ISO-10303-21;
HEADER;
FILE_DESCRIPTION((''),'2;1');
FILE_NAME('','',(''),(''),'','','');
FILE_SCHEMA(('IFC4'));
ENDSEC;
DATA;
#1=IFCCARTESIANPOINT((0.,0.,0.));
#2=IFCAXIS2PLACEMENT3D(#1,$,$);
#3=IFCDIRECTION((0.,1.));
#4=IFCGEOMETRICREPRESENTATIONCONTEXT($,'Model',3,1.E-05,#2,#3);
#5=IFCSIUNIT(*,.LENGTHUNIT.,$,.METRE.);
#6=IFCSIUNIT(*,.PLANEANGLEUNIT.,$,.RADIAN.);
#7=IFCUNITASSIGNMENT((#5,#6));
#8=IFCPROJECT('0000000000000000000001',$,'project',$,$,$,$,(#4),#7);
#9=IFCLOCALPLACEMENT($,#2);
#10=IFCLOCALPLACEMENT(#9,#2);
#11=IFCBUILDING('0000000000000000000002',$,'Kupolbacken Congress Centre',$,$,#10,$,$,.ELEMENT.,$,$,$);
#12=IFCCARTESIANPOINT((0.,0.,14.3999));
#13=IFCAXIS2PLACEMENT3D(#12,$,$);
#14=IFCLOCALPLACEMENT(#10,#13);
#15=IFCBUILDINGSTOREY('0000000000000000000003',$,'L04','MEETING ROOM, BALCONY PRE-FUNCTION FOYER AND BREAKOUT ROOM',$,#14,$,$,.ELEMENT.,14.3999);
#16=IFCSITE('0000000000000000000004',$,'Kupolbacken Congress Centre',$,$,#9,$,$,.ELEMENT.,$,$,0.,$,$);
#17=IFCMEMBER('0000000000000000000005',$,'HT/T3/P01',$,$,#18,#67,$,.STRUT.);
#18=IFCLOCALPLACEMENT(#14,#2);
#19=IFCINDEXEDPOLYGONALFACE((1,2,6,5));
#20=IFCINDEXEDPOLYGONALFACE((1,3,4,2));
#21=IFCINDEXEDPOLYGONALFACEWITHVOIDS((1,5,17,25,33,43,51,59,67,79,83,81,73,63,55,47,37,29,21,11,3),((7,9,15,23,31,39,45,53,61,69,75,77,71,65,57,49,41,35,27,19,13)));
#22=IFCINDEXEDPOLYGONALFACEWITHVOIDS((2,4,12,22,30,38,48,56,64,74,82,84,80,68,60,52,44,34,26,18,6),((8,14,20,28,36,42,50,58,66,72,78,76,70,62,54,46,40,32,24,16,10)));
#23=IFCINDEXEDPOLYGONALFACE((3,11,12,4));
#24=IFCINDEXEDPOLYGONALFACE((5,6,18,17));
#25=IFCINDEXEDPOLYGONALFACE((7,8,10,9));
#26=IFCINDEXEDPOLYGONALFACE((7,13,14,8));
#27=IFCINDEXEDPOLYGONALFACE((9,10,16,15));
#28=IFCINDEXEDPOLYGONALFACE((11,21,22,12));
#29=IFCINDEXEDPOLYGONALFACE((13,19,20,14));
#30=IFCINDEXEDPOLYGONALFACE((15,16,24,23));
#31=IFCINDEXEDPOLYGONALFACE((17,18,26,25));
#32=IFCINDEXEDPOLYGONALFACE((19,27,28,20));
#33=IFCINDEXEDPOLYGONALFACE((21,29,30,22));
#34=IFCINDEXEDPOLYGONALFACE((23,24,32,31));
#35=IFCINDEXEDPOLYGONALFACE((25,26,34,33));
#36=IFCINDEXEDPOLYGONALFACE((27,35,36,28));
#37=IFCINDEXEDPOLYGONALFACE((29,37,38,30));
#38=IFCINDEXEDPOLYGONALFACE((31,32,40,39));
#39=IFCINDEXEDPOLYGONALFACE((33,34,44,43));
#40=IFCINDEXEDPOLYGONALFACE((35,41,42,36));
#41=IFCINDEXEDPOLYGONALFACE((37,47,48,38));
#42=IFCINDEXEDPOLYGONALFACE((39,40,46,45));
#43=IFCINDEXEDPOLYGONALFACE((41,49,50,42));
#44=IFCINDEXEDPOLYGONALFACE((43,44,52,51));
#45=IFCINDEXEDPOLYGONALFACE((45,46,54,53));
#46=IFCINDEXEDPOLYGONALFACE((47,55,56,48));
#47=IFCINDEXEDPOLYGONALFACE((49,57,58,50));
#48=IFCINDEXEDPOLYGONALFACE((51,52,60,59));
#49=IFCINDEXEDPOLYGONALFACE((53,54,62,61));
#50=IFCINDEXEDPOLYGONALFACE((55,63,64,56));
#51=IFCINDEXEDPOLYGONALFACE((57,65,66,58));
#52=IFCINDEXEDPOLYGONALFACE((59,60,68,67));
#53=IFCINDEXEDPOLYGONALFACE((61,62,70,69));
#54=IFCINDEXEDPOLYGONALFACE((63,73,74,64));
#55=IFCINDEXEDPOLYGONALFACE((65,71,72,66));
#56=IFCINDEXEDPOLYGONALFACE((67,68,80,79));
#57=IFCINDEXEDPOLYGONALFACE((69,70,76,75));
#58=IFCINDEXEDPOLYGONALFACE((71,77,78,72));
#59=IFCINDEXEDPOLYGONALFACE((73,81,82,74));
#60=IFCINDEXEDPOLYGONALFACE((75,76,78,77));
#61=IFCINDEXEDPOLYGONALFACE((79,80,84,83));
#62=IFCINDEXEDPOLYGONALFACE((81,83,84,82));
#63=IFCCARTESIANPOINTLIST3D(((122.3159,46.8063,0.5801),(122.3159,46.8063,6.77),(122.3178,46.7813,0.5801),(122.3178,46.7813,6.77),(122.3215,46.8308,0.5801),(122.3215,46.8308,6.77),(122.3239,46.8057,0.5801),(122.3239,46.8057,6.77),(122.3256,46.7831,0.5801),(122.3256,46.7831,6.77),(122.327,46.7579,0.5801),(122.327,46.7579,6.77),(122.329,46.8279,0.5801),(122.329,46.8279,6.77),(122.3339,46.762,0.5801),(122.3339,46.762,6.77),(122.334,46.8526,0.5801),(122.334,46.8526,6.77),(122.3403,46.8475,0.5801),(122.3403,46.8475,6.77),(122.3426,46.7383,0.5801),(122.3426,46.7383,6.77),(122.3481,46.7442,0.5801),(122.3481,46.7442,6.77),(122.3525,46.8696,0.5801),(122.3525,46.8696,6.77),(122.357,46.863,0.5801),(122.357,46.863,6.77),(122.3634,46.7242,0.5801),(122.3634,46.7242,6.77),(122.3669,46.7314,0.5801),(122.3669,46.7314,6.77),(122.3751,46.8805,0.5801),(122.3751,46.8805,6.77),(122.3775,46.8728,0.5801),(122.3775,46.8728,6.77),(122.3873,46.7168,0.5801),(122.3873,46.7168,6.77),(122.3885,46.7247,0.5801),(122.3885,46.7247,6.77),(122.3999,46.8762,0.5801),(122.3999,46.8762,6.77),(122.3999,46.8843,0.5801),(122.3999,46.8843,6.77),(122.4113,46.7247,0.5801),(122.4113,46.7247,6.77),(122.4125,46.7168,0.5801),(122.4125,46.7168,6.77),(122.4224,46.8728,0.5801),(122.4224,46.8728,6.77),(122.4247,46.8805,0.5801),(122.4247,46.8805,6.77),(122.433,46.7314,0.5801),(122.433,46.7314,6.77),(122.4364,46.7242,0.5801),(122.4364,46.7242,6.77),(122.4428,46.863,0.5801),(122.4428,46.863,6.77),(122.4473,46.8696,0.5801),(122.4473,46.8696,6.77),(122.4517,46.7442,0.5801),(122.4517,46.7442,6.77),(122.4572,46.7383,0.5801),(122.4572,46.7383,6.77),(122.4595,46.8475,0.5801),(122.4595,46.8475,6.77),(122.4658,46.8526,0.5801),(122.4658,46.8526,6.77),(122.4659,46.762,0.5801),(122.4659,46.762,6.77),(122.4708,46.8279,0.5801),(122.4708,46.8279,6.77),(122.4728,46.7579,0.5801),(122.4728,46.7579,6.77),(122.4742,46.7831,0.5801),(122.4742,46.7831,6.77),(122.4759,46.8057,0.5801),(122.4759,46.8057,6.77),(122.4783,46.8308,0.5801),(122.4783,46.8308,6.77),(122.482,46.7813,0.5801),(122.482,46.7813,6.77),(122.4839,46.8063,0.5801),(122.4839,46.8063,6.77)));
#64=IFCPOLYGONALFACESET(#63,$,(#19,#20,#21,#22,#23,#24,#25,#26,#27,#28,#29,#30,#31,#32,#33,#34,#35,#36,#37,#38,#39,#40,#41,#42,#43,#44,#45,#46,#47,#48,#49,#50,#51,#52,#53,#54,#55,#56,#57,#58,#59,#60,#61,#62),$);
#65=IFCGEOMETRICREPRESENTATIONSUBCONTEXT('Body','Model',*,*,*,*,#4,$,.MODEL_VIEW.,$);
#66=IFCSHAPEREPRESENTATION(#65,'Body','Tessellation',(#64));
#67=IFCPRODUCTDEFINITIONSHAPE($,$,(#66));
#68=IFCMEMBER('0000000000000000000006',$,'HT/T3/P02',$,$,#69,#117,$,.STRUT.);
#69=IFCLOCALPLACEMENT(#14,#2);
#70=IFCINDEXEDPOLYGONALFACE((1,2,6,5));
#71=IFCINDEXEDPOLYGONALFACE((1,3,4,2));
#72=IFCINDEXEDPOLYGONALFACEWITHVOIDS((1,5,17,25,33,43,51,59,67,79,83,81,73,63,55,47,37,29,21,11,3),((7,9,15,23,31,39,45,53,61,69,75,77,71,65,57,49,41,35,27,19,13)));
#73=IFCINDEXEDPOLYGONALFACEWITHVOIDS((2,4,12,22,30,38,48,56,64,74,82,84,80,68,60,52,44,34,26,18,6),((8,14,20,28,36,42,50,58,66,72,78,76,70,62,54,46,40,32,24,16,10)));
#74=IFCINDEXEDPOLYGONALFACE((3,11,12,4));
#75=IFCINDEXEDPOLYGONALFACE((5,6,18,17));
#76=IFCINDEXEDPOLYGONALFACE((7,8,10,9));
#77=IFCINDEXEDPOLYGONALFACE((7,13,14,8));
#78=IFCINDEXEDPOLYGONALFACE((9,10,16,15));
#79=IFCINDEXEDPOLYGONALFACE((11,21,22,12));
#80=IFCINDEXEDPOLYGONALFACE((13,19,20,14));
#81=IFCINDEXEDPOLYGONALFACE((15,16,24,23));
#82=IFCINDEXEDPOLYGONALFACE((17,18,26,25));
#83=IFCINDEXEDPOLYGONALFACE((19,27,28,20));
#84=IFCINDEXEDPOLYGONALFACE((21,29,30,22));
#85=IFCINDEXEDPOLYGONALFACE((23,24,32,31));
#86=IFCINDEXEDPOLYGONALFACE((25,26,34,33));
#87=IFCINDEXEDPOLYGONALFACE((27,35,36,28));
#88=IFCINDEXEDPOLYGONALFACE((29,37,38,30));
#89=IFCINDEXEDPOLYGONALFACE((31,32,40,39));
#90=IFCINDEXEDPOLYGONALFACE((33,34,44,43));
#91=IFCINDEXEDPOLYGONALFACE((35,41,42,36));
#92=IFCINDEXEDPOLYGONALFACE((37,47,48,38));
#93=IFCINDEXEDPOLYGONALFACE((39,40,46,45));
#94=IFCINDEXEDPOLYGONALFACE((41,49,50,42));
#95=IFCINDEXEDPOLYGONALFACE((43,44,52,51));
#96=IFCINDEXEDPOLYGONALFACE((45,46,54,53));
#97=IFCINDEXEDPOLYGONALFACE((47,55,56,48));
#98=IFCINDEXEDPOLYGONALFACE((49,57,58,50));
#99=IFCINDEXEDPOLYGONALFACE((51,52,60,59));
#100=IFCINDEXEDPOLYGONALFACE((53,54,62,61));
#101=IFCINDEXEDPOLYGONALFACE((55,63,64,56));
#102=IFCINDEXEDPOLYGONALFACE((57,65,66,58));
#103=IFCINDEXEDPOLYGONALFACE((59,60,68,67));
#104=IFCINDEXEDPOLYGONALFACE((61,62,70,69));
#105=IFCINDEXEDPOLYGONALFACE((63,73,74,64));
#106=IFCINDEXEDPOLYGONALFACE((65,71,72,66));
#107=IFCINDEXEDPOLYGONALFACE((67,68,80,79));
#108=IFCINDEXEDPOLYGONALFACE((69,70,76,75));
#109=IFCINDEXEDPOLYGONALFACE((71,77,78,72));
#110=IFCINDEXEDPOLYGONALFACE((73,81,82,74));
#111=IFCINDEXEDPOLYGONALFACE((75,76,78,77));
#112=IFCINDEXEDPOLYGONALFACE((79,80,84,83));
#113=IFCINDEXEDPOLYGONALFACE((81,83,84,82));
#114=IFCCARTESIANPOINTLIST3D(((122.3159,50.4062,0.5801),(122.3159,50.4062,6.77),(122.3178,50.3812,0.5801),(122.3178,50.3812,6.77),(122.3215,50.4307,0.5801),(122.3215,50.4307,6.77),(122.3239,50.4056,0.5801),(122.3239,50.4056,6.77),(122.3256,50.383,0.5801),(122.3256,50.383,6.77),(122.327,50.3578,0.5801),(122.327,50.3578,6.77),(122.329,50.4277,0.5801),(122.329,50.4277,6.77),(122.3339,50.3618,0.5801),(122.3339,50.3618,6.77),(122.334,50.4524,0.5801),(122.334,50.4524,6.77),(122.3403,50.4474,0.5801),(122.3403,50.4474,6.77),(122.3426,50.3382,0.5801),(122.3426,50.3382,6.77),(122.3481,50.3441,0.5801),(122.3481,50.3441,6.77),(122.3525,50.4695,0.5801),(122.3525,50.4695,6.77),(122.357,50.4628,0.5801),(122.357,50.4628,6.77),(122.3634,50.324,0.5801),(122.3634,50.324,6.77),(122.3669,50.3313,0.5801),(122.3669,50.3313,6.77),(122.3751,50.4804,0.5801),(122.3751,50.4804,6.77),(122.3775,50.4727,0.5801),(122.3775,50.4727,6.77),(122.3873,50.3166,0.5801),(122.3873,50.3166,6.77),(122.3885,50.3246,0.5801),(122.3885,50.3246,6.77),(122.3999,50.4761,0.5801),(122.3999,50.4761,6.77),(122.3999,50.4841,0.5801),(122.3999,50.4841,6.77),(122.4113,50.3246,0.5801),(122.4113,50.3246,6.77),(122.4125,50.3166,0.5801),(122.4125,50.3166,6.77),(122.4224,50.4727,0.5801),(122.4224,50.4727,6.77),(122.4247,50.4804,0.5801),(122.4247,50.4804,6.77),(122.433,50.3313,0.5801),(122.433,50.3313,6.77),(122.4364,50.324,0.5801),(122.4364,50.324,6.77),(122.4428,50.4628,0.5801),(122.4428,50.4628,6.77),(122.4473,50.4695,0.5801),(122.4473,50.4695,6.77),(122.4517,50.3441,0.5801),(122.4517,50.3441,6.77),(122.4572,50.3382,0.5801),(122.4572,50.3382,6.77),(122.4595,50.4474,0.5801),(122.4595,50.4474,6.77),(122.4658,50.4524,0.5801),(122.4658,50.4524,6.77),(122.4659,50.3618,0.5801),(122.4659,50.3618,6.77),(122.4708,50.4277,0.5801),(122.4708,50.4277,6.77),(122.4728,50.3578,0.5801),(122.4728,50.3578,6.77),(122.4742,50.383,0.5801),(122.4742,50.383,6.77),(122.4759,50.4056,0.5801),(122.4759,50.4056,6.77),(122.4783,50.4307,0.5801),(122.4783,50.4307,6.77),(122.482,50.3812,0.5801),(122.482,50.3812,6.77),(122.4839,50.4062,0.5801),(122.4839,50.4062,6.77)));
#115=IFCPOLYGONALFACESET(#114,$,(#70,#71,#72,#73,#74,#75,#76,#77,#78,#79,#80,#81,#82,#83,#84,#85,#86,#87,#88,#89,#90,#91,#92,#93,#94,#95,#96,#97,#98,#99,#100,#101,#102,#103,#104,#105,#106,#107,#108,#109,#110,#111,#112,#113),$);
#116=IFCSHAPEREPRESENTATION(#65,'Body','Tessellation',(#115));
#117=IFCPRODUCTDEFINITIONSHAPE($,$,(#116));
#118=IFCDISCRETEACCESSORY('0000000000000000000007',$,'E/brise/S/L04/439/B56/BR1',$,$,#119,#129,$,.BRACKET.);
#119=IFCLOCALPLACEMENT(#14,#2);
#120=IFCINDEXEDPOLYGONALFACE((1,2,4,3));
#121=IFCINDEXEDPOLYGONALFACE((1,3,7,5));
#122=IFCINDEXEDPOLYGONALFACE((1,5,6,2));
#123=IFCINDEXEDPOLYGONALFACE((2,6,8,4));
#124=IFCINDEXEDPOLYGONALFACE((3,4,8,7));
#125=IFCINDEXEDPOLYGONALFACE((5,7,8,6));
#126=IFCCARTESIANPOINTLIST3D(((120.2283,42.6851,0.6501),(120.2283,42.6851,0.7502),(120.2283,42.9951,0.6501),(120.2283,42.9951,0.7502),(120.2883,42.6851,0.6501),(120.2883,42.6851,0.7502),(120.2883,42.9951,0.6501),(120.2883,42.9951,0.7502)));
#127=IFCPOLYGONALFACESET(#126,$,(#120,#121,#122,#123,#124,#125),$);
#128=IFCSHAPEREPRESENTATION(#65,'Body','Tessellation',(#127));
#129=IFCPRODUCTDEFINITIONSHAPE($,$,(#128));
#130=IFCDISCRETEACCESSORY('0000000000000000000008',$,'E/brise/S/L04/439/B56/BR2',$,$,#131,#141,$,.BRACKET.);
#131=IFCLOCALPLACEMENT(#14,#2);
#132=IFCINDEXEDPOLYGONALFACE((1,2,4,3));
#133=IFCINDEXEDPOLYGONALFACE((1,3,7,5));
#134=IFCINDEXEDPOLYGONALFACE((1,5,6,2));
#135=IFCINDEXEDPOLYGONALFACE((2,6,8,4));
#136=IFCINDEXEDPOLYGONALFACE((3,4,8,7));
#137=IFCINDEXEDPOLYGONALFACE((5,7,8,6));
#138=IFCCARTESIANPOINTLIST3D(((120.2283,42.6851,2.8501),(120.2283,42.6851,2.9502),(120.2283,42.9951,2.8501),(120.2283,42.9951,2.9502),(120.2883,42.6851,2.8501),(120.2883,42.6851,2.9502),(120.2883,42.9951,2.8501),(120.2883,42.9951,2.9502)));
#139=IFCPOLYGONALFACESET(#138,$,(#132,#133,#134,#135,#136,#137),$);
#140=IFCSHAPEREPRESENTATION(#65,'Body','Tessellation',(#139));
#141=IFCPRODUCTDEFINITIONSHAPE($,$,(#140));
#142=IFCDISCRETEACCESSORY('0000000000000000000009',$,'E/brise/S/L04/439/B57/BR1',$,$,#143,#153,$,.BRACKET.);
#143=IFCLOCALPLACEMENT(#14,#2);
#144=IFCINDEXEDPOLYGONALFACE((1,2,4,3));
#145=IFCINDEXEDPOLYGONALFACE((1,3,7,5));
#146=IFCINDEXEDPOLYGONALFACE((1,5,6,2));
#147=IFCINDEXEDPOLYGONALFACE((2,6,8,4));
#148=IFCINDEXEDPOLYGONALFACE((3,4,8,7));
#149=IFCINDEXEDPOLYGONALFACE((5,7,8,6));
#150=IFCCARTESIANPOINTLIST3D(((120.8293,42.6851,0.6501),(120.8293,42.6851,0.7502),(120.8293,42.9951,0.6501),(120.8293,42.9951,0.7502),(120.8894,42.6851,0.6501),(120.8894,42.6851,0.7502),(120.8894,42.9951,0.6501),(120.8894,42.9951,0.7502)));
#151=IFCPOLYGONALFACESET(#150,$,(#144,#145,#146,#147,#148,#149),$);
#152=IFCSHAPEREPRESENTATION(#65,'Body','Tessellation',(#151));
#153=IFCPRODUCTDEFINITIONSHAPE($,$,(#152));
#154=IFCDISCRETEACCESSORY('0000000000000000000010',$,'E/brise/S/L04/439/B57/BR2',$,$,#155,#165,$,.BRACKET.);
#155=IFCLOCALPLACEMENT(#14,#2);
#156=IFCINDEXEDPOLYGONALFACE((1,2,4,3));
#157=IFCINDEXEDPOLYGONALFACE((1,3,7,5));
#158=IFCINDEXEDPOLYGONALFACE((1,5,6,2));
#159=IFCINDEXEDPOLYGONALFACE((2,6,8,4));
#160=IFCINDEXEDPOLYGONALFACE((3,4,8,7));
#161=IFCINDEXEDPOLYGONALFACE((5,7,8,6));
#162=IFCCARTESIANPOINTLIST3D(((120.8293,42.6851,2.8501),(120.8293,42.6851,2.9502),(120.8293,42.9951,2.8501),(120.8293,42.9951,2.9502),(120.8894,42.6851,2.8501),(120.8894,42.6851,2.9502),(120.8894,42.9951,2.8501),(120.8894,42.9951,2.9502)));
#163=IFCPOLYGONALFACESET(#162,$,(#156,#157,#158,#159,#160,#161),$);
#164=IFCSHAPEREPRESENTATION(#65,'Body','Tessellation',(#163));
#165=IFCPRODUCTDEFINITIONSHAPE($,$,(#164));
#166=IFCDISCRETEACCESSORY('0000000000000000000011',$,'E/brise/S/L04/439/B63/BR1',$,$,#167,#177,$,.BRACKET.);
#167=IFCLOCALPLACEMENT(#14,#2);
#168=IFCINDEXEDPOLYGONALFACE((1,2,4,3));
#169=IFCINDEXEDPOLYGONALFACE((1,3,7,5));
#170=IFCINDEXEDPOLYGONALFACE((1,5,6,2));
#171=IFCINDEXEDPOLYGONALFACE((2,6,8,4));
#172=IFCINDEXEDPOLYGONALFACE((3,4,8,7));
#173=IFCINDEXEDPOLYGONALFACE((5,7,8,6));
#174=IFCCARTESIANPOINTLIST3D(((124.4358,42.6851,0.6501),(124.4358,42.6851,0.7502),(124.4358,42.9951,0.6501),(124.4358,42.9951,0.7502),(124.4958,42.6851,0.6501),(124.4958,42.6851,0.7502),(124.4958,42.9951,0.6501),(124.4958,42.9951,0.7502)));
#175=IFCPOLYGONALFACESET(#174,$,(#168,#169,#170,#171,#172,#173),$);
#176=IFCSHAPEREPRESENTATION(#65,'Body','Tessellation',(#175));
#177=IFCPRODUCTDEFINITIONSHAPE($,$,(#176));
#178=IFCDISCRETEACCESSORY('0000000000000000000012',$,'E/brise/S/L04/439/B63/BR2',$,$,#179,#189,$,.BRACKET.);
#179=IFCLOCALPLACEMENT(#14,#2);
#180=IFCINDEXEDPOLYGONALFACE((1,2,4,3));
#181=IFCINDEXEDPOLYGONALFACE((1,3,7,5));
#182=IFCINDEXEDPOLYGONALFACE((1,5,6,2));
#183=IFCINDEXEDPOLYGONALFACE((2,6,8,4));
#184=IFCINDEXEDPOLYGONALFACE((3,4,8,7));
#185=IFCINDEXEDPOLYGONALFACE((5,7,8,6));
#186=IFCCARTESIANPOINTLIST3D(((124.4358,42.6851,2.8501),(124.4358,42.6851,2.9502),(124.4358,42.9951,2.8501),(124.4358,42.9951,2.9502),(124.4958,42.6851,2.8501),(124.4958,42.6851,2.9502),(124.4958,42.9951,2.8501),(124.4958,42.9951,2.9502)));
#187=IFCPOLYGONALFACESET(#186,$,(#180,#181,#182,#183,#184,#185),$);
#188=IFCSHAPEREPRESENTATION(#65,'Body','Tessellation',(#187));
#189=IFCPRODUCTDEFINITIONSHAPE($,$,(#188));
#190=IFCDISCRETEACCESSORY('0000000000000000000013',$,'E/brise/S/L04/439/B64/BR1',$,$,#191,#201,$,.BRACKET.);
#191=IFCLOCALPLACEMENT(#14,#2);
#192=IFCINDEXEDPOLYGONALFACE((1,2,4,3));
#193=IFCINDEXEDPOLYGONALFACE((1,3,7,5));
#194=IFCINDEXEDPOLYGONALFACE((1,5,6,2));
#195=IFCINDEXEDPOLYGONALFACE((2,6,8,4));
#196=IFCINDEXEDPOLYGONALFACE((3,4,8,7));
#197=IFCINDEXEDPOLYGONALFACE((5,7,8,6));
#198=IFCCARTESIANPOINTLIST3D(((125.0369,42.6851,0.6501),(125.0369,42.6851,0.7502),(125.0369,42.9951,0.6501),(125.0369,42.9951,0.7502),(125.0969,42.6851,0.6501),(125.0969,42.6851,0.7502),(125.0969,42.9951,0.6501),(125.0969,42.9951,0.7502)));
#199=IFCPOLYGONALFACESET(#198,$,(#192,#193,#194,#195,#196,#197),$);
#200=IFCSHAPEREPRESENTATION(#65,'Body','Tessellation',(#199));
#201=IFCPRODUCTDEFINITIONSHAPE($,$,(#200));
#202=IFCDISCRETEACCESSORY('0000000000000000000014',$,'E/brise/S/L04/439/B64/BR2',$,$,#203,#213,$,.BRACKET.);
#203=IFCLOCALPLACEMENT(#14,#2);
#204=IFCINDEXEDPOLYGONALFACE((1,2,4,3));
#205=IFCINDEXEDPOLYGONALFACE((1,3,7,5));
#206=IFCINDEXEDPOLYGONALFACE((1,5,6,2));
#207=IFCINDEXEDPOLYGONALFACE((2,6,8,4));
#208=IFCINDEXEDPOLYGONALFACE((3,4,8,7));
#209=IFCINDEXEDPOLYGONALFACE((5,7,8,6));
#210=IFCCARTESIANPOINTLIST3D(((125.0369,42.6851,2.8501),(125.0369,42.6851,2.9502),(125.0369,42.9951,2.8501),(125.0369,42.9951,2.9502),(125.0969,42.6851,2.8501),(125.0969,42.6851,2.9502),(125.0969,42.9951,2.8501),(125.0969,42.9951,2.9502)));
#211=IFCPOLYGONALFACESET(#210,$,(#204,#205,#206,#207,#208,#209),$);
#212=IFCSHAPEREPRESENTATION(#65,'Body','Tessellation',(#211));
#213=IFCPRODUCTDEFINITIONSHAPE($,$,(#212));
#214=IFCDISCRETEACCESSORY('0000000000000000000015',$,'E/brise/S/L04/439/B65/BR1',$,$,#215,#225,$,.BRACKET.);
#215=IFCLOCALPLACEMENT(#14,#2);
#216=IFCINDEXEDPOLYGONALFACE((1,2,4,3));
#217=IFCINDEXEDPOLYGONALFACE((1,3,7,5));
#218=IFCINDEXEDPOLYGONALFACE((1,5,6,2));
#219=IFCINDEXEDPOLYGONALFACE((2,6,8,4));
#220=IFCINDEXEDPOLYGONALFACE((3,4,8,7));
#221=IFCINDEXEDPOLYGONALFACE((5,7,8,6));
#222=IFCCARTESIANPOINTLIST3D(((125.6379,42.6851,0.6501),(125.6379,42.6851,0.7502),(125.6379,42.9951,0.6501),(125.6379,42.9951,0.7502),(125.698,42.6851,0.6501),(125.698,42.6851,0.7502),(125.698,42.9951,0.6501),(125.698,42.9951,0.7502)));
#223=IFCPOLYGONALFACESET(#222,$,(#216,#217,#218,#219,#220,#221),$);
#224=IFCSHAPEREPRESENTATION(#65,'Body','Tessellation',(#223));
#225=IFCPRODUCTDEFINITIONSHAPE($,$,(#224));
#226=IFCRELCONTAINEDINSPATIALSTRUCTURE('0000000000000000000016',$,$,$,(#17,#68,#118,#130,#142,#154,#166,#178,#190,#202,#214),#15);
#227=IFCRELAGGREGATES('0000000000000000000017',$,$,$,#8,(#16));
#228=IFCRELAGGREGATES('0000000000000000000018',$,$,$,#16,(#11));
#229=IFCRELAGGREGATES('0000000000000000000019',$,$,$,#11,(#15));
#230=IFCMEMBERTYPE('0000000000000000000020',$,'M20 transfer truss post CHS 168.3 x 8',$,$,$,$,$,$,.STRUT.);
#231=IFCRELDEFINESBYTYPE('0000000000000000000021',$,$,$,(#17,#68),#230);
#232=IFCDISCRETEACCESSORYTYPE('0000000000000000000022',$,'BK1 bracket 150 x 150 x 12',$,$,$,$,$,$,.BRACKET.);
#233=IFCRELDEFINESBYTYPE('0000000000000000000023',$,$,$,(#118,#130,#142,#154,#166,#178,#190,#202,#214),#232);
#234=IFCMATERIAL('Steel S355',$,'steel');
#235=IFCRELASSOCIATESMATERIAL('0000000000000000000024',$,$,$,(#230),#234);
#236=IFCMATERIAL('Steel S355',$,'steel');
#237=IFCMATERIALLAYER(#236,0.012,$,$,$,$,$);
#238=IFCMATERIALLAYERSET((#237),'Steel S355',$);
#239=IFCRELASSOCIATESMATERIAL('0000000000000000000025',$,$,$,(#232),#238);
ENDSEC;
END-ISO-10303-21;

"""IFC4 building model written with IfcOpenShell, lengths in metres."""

from ifc_helpers import new_model, si_unit, direction, frame, origin, origin_2d, place, context, subcontext, project, spatial, rectangle, hollow_circle, extrude, material, layer, layer_set, material_profile, profile_set, type_object, element, save


model = new_model("IFC4")

# Units and contexts
model_context = context("Model", 3, precision=1e-05, world=origin(), true_north=direction((0.0, 1.0)))
body_context = subcontext(model_context, "Body", "Model", "MODEL_VIEW")
ifc_project = project(units=[si_unit("LENGTHUNIT", "METRE"), si_unit("PLANEANGLEUNIT", "RADIAN")], contexts=[model_context])

# Site, building, storey
site_placement = place(None, origin())
site = spatial("IfcSite", under=ifc_project, at=site_placement, Name="Kupolbacken Congress Centre", CompositionType="ELEMENT", RefElevation=0.0)
building_placement = place(site_placement, origin())
building = spatial("IfcBuilding", under=site, at=building_placement, Name="Kupolbacken Congress Centre", CompositionType="ELEMENT")
storey_placement = place(building_placement, frame((0.0, 0.0, 14.3999)))
storey = spatial("IfcBuildingStorey", under=building, at=storey_placement, Name="L04", Description="MEETING ROOM, BALCONY PRE-FUNCTION FOYER AND BREAKOUT ROOM", CompositionType="ELEMENT", Elevation=14.3999)

# Members
ifc_material_1 = material(Name="Steel S355", Category="steel")
ifc_material_profile_1 = material_profile(ifc_material_1, hollow_circle(Radius=0.0842, WallThickness=0.0081, at=origin_2d()), Name="CHS 168.3 x 8")
ifc_profile_set_1 = profile_set([ifc_material_profile_1], Name="Steel S355")
member_type_1 = type_object("IfcMemberType", Name="M20 transfer truss post CHS 168.3 x 8", PredefinedType="STRUT", material=ifc_profile_set_1)
for number, where, z_axis, x_axis, name in (
    (1, (122.3999, 46.8, 0.5801), (0.0, 0.0, 1.0), (0.0, 1.0, 0.0), "HT/T3/P01"),
    (2, (122.3999, 50.3999, 0.5801), (0.0, 0.0, 1.0), (0.0, 1.0, 0.0), "HT/T3/P02"),
):
    element("IfcMember", number, at=place(storey_placement, frame(where, z_axis=z_axis, x_axis=x_axis)), inside=storey, type_object=member_type_1, Name=name, PredefinedType="STRUT", context=body_context, shape_type="SweptSolid", body=[
        extrude(hollow_circle(Radius=0.0842, WallThickness=0.0081, at=origin_2d()), origin(), (0.0, 0.0, 1.0), 6.1899),
    ])

# Discrete accessories
ifc_material_2 = material(Name="Steel S355", Category="steel")
ifc_layer = layer(ifc_material_2, 0.012)
ifc_layer_set = layer_set([ifc_layer], Name="Steel S355")
discrete_accessory_type = type_object("IfcDiscreteAccessoryType", Name="BK1 bracket 150 x 150 x 12", PredefinedType="BRACKET", material=ifc_layer_set)
for number, where, z_axis, x_axis, name in (
    (3, (120.2583, 42.8401, 0.6501), (0.0, 0.0, 1.0), (1.0, 0.0, 0.0), "E/brise/S/L04/439/B56/BR1"),
    (4, (120.2583, 42.8401, 2.8501), (0.0, 0.0, 1.0), (1.0, 0.0, 0.0), "E/brise/S/L04/439/B56/BR2"),
    (5, (120.8594, 42.8401, 0.6501), (0.0, 0.0, 1.0), (1.0, 0.0, 0.0), "E/brise/S/L04/439/B57/BR1"),
    (6, (120.8594, 42.8401, 2.8501), (0.0, 0.0, 1.0), (1.0, 0.0, 0.0), "E/brise/S/L04/439/B57/BR2"),
    (7, (124.4658, 42.8401, 0.6501), (0.0, 0.0, 1.0), (1.0, 0.0, 0.0), "E/brise/S/L04/439/B63/BR1"),
    (8, (124.4658, 42.8401, 2.8501), (0.0, 0.0, 1.0), (1.0, 0.0, 0.0), "E/brise/S/L04/439/B63/BR2"),
    (9, (125.0669, 42.8401, 0.6501), (0.0, 0.0, 1.0), (1.0, 0.0, 0.0), "E/brise/S/L04/439/B64/BR1"),
    (10, (125.0669, 42.8401, 2.8501), (0.0, 0.0, 1.0), (1.0, 0.0, 0.0), "E/brise/S/L04/439/B64/BR2"),
    (11, (125.668, 42.8401, 0.6501), (0.0, 0.0, 1.0), (1.0, 0.0, 0.0), "E/brise/S/L04/439/B65/BR1"),
):
    element("IfcDiscreteAccessory", number, at=place(storey_placement, frame(where, z_axis=z_axis, x_axis=x_axis)), inside=storey, type_object=discrete_accessory_type, Name=name, PredefinedType="BRACKET", context=body_context, shape_type="SweptSolid", body=[
        extrude(rectangle(XDim=0.0601, YDim=0.3101, at=origin_2d()), origin(), (0.0, 0.0, 1.0), 0.1001),
    ])

save(model, "model.ifc")
